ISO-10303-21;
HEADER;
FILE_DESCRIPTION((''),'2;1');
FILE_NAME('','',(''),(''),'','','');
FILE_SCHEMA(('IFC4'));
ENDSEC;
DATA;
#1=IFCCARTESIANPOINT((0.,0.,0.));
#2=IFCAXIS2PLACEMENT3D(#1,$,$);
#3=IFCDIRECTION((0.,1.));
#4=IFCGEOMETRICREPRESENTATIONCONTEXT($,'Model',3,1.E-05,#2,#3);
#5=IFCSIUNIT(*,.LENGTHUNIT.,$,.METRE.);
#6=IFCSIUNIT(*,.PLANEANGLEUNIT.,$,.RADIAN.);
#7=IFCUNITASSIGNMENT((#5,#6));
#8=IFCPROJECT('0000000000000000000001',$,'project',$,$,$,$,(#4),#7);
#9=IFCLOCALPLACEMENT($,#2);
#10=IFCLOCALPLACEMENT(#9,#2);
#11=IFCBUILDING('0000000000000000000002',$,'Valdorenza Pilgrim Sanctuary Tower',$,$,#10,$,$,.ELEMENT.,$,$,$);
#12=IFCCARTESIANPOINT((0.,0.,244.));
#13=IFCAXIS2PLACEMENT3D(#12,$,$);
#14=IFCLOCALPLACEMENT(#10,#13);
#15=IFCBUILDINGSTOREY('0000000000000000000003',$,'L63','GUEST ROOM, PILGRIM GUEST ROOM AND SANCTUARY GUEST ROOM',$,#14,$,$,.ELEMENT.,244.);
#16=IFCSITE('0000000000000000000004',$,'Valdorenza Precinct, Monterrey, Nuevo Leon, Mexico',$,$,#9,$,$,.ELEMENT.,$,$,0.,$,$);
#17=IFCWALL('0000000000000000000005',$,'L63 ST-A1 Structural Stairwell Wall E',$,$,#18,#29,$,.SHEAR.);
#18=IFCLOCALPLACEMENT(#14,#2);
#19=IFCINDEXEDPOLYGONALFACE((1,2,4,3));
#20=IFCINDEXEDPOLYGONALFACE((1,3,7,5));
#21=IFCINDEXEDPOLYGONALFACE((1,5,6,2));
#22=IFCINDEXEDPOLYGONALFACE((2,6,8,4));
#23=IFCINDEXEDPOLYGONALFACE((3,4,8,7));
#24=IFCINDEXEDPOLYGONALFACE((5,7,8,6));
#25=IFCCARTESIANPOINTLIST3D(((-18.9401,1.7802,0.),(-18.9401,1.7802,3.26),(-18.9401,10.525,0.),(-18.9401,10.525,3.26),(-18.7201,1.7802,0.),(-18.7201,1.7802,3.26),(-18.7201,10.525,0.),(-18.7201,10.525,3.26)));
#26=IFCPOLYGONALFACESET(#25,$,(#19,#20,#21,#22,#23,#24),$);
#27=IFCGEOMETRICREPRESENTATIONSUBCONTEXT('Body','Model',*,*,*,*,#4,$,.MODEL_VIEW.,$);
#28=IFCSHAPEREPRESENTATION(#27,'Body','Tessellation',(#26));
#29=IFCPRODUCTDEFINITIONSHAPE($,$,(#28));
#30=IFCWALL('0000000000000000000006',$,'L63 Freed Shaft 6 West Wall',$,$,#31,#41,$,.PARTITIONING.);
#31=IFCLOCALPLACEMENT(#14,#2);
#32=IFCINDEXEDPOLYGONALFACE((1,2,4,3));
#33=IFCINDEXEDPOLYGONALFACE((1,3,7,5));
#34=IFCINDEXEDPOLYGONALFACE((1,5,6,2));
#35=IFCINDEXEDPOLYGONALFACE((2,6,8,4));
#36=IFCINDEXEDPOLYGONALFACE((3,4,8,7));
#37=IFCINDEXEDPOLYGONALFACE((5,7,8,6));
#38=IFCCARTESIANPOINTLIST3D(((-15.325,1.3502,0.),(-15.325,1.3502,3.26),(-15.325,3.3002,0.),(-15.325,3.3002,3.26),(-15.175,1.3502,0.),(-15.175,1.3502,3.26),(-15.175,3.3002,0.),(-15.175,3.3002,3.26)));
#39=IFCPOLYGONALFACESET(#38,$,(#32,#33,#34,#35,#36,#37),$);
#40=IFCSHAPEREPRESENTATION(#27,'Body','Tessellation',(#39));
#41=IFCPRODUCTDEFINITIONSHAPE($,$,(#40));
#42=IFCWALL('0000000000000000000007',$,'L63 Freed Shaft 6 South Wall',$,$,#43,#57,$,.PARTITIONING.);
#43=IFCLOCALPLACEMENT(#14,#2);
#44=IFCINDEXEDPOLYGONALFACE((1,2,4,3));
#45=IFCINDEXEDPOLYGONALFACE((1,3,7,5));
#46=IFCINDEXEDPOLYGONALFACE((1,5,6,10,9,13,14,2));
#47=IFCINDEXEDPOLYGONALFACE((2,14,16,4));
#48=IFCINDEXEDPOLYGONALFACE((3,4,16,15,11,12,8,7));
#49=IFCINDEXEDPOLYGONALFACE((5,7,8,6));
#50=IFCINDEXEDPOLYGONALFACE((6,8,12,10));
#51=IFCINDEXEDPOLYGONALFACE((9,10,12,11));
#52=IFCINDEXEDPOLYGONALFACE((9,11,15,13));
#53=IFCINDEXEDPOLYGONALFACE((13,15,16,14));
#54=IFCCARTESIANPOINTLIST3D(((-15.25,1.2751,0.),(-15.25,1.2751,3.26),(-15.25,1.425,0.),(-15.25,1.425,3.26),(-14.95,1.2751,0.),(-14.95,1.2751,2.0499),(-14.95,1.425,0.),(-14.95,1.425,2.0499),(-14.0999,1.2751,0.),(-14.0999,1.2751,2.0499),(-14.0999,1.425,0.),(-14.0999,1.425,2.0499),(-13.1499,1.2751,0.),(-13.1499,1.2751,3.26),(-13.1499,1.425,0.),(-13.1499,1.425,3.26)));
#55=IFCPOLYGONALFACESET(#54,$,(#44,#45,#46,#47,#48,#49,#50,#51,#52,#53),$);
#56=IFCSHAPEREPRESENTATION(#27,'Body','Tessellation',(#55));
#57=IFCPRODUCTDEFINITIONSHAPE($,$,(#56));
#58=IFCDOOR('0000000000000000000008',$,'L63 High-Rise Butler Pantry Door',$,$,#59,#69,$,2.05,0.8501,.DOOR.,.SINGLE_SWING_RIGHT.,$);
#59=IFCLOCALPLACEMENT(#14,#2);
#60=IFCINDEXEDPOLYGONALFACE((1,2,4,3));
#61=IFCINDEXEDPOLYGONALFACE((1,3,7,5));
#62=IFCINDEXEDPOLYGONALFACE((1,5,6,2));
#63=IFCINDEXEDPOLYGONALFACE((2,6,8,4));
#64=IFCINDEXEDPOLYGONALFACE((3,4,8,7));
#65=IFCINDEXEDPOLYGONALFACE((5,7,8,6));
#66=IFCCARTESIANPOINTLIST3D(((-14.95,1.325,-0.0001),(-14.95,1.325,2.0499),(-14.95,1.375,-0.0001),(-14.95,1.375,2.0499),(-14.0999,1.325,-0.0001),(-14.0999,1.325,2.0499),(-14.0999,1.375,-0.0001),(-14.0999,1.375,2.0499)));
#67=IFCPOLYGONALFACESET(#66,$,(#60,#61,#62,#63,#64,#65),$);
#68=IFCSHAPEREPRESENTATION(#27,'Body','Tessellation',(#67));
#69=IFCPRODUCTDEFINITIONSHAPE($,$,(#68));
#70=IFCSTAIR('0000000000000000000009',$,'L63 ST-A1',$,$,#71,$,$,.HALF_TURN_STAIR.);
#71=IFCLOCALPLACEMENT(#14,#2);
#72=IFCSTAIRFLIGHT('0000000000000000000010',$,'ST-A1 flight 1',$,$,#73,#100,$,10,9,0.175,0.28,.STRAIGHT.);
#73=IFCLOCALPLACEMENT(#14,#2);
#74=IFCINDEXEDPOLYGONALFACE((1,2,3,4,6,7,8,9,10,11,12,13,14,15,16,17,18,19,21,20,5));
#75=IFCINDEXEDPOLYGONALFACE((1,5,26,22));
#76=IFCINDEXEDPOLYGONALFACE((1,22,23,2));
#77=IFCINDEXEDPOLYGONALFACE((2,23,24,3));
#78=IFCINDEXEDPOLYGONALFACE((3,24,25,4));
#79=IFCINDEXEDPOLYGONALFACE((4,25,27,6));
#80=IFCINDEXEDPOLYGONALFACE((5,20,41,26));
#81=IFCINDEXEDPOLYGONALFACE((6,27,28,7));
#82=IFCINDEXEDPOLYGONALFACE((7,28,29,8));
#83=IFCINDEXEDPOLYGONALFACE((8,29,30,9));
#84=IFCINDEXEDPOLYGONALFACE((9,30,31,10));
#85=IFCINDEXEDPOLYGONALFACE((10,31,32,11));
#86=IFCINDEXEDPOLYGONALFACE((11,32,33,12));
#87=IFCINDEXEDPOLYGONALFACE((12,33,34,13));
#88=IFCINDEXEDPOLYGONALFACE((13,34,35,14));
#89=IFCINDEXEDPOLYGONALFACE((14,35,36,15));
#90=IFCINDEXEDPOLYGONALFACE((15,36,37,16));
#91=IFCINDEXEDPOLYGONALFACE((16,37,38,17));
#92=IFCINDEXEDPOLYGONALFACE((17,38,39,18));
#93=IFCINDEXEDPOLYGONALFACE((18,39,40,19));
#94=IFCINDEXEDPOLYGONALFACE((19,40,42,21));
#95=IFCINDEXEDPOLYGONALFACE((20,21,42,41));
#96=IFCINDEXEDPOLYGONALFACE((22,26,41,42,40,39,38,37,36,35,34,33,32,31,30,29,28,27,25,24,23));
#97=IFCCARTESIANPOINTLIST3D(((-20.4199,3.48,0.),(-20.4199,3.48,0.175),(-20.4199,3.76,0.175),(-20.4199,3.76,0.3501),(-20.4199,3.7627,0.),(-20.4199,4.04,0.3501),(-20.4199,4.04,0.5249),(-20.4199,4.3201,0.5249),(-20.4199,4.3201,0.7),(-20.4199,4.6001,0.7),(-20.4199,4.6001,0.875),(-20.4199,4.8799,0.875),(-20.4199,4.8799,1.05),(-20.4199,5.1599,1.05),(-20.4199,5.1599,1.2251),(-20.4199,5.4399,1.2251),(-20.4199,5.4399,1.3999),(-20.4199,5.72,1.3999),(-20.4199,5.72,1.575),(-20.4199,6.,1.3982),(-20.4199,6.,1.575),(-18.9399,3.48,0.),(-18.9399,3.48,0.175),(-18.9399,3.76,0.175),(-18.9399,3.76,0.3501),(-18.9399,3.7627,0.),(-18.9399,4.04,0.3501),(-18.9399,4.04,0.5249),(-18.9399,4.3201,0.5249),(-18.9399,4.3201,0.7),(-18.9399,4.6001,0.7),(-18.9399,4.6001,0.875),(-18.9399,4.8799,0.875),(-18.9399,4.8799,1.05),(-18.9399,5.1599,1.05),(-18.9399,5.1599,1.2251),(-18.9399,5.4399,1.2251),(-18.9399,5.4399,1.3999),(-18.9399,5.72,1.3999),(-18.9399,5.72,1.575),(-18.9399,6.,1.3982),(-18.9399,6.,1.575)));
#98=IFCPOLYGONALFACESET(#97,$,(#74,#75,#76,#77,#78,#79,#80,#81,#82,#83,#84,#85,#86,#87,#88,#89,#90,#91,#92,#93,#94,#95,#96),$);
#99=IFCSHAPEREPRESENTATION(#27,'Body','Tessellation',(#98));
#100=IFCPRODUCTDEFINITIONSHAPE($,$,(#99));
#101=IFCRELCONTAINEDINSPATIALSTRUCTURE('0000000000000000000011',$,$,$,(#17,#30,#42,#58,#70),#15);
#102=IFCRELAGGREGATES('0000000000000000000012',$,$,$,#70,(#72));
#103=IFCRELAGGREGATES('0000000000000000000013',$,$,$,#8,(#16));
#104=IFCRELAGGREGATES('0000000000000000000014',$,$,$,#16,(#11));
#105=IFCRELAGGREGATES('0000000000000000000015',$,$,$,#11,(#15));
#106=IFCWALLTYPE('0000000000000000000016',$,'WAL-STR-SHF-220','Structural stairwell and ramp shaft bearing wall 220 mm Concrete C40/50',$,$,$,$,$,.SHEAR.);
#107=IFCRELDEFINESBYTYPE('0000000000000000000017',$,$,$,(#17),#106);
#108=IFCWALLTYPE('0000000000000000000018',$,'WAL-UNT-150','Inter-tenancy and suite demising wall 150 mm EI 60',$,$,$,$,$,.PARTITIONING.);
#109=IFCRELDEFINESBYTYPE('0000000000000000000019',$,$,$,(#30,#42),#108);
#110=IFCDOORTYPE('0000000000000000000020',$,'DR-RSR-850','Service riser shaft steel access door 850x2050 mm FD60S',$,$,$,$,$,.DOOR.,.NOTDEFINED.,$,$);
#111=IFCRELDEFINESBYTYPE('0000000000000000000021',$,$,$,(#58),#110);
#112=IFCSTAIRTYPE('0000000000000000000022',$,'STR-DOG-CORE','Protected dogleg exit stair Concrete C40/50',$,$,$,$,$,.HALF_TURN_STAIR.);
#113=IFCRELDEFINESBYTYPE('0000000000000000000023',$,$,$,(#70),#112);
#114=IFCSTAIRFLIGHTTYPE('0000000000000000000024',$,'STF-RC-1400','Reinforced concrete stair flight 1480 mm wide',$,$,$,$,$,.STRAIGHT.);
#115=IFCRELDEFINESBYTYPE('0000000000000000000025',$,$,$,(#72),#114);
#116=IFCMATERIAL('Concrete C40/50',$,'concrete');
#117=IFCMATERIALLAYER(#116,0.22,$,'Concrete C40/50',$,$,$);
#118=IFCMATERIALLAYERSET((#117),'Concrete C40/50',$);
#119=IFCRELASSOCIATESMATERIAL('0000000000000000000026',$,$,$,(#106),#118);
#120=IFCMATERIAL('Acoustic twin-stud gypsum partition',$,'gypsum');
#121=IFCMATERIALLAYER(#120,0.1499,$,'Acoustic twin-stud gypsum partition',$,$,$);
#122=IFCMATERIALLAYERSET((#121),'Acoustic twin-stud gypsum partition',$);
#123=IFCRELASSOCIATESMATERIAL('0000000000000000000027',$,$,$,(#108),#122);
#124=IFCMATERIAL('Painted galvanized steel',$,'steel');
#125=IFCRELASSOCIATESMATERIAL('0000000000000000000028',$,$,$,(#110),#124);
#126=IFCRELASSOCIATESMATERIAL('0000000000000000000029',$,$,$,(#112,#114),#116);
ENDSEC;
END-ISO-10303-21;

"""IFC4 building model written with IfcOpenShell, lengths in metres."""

from ifc_helpers import new_model, si_unit, direction, frame, frame_2d, origin, place, context, subcontext, project, spatial, polyline, rectangle, outline, extrude, material, layer, layer_set, type_object, element, fill, aggregate, save


model = new_model("IFC4")

# Units and contexts
model_context = context("Model", 3, precision=1e-05, world=origin(), true_north=direction((0.0, 1.0)))
body_context = subcontext(model_context, "Body", "Model", "MODEL_VIEW")
ifc_project = project(units=[si_unit("LENGTHUNIT", "METRE"), si_unit("PLANEANGLEUNIT", "RADIAN")], contexts=[model_context])

# Site, building, storey
site_placement = place(None, origin())
site = spatial("IfcSite", under=ifc_project, at=site_placement, Name="Valdorenza Precinct, Monterrey, Nuevo Leon, Mexico", CompositionType="ELEMENT", RefElevation=0.0)
building_placement = place(site_placement, origin())
building = spatial("IfcBuilding", under=site, at=building_placement, Name="Valdorenza Pilgrim Sanctuary Tower", CompositionType="ELEMENT")
storey_placement = place(building_placement, frame((0.0, 0.0, 244.0)))
storey = spatial("IfcBuildingStorey", under=building, at=storey_placement, Name="L63", Description="GUEST ROOM, PILGRIM GUEST ROOM AND SANCTUARY GUEST ROOM", CompositionType="ELEMENT", Elevation=244.0)

# Shared definitions
ifc_material_1 = material(Name="Acoustic twin-stud gypsum partition", Category="gypsum")

# Walls
ifc_material_2 = material(Name="Concrete C40/50", Category="concrete")
ifc_layer_1 = layer(ifc_material_2, 0.22, Name="Concrete C40/50")
ifc_layer_set_1 = layer_set([ifc_layer_1], Name="Concrete C40/50")
wall_type_1 = type_object("IfcWallType", Name="WAL-STR-SHF-220", Description="Structural stairwell and ramp shaft bearing wall 220 mm Concrete C40/50", PredefinedType="SHEAR", material=ifc_layer_set_1)
wall_1_placement = place(storey_placement, frame((-18.8301, 1.78, 0.0), z_axis=(0.0, 0.0, 1.0), x_axis=(0.0, 1.0, 0.0)))
element("IfcWall", 1, at=wall_1_placement, inside=storey, type_object=wall_type_1, Name="L63 ST-A1 Structural Stairwell Wall E", PredefinedType="SHEAR", context=body_context, shape_type="SweptSolid", body=[
    extrude(rectangle(XDim=8.7449, YDim=0.22, at=frame_2d((4.3726, 0.0))), origin(), (0.0, 0.0, 1.0), 3.26),
])
ifc_layer_2 = layer(ifc_material_1, 0.1499, Name="Acoustic twin-stud gypsum partition")
ifc_layer_set_2 = layer_set([ifc_layer_2], Name="Acoustic twin-stud gypsum partition")
wall_type_2 = type_object("IfcWallType", Name="WAL-UNT-150", Description="Inter-tenancy and suite demising wall 150 mm EI 60", PredefinedType="PARTITIONING", material=ifc_layer_set_2)
wall_2_placement = place(storey_placement, frame((-15.25, 1.3501, 0.0), z_axis=(0.0, 0.0, 1.0), x_axis=(0.0, 1.0, 0.0)))
element("IfcWall", 2, at=wall_2_placement, inside=storey, type_object=wall_type_2, Name="L63 Freed Shaft 6 West Wall", PredefinedType="PARTITIONING", context=body_context, shape_type="SweptSolid", body=[
    extrude(rectangle(XDim=1.95, YDim=0.1499, at=frame_2d((0.9751, 0.0))), origin(), (0.0, 0.0, 1.0), 3.26),
])

# Wall, opening, door
wall_3_placement = place(storey_placement, frame((-15.25, 1.3501, 0.0), z_axis=(0.0, 0.0, 1.0), x_axis=(1.0, 0.0, 0.0)))
wall_3 = element("IfcWall", 3, at=wall_3_placement, inside=storey, type_object=wall_type_2, Name="L63 Freed Shaft 6 South Wall", PredefinedType="PARTITIONING", context=body_context, shape_type="SweptSolid", body=[
    extrude(rectangle(XDim=2.1001, YDim=0.1499, at=frame_2d((1.05, 0.0))), origin(), (0.0, 0.0, 1.0), 3.26),
])
opening_1_placement = place(wall_3_placement, frame((0.3, 0.0, 0.0)))
opening_1 = element("IfcOpeningElement", 4, at=opening_1_placement, cuts=wall_3, PredefinedType="OPENING", context=body_context, shape_type="SweptSolid", body=[
    extrude(rectangle(XDim=0.8501, YDim=2.05, at=frame_2d((0.425, 1.0249))), frame((0.0, 0.0898, 0.0), z_axis=(0.0, -1.0, 0.0), x_axis=(1.0, 0.0, 0.0)), (0.0, 0.0, 1.0), 0.1797),
])
ifc_material_3 = material(Name="Painted galvanized steel", Category="steel")
door_type_1 = type_object("IfcDoorType", Name="DR-RSR-850", Description="Service riser shaft steel access door 850x2050 mm FD60S", OperationType="NOTDEFINED", PredefinedType="DOOR", material=ifc_material_3)
door_1_placement = place(opening_1_placement, origin())
door_1 = element("IfcDoor", 5, at=door_1_placement, inside=storey, type_object=door_type_1, Name="L63 High-Rise Butler Pantry Door", OperationType="SINGLE_SWING_RIGHT", OverallHeight=2.05, OverallWidth=0.8501, PredefinedType="DOOR", context=body_context, shape_type="SweptSolid", body=[
    extrude(rectangle(XDim=0.8501, YDim=2.05, at=frame_2d((0.425, 1.0249))), frame((0.0, 0.0249, 0.0), z_axis=(0.0, -1.0, 0.0), x_axis=(1.0, 0.0, 0.0)), (0.0, 0.0, 1.0), 0.05),
])
fill(opening_1, door_1)

# Stair, stair flight
stair_type = type_object("IfcStairType", Name="STR-DOG-CORE", Description="Protected dogleg exit stair Concrete C40/50", PredefinedType="HALF_TURN_STAIR", material=ifc_material_2)
stair_placement = place(storey_placement, origin())
stair = element("IfcStair", 6, at=stair_placement, inside=storey, type_object=stair_type, Name="L63 ST-A1", PredefinedType="HALF_TURN_STAIR")
stair_flight_type = type_object("IfcStairFlightType", Name="STF-RC-1400", Description="Reinforced concrete stair flight 1480 mm wide", PredefinedType="STRAIGHT", material=ifc_material_2)
stair_flight_placement = place(storey_placement, frame((-19.6799, 3.48, 0.0), z_axis=(0.0, 0.0, 1.0), x_axis=(0.0, 1.0, 0.0)))
stair_flight = element("IfcStairFlight", 7, at=stair_flight_placement, type_object=stair_flight_type, Name="ST-A1 flight 1", NumberOfRisers=10, NumberOfTreads=9, PredefinedType="STRAIGHT", RiserHeight=0.175, TreadLength=0.28, context=body_context, shape_type="SweptSolid", body=[
    extrude(outline(polyline([(0.0, 0.0), (0.0, 0.175), (0.28, 0.175), (0.28, 0.3501), (0.5601, 0.3501), (0.5601, 0.5249), (0.8401, 0.5249), (0.8401, 0.7), (1.1201, 0.7), (1.1201, 0.875), (1.3999, 0.875), (1.3999, 1.05), (1.6799, 1.05), (1.6799, 1.2251), (1.96, 1.2251), (1.96, 1.3999), (2.24, 1.3999), (2.24, 1.575), (2.52, 1.575), (2.52, 1.75), (2.52, 1.3982), (0.2827, 0.0), (0.0, 0.0)])), frame((0.0, 0.74, 0.0), z_axis=(0.0, -1.0, 0.0), x_axis=(1.0, 0.0, 0.0)), (0.0, 0.0, 1.0), 1.48),
])
aggregate(stair, [stair_flight])

save(model, "model.ifc")
